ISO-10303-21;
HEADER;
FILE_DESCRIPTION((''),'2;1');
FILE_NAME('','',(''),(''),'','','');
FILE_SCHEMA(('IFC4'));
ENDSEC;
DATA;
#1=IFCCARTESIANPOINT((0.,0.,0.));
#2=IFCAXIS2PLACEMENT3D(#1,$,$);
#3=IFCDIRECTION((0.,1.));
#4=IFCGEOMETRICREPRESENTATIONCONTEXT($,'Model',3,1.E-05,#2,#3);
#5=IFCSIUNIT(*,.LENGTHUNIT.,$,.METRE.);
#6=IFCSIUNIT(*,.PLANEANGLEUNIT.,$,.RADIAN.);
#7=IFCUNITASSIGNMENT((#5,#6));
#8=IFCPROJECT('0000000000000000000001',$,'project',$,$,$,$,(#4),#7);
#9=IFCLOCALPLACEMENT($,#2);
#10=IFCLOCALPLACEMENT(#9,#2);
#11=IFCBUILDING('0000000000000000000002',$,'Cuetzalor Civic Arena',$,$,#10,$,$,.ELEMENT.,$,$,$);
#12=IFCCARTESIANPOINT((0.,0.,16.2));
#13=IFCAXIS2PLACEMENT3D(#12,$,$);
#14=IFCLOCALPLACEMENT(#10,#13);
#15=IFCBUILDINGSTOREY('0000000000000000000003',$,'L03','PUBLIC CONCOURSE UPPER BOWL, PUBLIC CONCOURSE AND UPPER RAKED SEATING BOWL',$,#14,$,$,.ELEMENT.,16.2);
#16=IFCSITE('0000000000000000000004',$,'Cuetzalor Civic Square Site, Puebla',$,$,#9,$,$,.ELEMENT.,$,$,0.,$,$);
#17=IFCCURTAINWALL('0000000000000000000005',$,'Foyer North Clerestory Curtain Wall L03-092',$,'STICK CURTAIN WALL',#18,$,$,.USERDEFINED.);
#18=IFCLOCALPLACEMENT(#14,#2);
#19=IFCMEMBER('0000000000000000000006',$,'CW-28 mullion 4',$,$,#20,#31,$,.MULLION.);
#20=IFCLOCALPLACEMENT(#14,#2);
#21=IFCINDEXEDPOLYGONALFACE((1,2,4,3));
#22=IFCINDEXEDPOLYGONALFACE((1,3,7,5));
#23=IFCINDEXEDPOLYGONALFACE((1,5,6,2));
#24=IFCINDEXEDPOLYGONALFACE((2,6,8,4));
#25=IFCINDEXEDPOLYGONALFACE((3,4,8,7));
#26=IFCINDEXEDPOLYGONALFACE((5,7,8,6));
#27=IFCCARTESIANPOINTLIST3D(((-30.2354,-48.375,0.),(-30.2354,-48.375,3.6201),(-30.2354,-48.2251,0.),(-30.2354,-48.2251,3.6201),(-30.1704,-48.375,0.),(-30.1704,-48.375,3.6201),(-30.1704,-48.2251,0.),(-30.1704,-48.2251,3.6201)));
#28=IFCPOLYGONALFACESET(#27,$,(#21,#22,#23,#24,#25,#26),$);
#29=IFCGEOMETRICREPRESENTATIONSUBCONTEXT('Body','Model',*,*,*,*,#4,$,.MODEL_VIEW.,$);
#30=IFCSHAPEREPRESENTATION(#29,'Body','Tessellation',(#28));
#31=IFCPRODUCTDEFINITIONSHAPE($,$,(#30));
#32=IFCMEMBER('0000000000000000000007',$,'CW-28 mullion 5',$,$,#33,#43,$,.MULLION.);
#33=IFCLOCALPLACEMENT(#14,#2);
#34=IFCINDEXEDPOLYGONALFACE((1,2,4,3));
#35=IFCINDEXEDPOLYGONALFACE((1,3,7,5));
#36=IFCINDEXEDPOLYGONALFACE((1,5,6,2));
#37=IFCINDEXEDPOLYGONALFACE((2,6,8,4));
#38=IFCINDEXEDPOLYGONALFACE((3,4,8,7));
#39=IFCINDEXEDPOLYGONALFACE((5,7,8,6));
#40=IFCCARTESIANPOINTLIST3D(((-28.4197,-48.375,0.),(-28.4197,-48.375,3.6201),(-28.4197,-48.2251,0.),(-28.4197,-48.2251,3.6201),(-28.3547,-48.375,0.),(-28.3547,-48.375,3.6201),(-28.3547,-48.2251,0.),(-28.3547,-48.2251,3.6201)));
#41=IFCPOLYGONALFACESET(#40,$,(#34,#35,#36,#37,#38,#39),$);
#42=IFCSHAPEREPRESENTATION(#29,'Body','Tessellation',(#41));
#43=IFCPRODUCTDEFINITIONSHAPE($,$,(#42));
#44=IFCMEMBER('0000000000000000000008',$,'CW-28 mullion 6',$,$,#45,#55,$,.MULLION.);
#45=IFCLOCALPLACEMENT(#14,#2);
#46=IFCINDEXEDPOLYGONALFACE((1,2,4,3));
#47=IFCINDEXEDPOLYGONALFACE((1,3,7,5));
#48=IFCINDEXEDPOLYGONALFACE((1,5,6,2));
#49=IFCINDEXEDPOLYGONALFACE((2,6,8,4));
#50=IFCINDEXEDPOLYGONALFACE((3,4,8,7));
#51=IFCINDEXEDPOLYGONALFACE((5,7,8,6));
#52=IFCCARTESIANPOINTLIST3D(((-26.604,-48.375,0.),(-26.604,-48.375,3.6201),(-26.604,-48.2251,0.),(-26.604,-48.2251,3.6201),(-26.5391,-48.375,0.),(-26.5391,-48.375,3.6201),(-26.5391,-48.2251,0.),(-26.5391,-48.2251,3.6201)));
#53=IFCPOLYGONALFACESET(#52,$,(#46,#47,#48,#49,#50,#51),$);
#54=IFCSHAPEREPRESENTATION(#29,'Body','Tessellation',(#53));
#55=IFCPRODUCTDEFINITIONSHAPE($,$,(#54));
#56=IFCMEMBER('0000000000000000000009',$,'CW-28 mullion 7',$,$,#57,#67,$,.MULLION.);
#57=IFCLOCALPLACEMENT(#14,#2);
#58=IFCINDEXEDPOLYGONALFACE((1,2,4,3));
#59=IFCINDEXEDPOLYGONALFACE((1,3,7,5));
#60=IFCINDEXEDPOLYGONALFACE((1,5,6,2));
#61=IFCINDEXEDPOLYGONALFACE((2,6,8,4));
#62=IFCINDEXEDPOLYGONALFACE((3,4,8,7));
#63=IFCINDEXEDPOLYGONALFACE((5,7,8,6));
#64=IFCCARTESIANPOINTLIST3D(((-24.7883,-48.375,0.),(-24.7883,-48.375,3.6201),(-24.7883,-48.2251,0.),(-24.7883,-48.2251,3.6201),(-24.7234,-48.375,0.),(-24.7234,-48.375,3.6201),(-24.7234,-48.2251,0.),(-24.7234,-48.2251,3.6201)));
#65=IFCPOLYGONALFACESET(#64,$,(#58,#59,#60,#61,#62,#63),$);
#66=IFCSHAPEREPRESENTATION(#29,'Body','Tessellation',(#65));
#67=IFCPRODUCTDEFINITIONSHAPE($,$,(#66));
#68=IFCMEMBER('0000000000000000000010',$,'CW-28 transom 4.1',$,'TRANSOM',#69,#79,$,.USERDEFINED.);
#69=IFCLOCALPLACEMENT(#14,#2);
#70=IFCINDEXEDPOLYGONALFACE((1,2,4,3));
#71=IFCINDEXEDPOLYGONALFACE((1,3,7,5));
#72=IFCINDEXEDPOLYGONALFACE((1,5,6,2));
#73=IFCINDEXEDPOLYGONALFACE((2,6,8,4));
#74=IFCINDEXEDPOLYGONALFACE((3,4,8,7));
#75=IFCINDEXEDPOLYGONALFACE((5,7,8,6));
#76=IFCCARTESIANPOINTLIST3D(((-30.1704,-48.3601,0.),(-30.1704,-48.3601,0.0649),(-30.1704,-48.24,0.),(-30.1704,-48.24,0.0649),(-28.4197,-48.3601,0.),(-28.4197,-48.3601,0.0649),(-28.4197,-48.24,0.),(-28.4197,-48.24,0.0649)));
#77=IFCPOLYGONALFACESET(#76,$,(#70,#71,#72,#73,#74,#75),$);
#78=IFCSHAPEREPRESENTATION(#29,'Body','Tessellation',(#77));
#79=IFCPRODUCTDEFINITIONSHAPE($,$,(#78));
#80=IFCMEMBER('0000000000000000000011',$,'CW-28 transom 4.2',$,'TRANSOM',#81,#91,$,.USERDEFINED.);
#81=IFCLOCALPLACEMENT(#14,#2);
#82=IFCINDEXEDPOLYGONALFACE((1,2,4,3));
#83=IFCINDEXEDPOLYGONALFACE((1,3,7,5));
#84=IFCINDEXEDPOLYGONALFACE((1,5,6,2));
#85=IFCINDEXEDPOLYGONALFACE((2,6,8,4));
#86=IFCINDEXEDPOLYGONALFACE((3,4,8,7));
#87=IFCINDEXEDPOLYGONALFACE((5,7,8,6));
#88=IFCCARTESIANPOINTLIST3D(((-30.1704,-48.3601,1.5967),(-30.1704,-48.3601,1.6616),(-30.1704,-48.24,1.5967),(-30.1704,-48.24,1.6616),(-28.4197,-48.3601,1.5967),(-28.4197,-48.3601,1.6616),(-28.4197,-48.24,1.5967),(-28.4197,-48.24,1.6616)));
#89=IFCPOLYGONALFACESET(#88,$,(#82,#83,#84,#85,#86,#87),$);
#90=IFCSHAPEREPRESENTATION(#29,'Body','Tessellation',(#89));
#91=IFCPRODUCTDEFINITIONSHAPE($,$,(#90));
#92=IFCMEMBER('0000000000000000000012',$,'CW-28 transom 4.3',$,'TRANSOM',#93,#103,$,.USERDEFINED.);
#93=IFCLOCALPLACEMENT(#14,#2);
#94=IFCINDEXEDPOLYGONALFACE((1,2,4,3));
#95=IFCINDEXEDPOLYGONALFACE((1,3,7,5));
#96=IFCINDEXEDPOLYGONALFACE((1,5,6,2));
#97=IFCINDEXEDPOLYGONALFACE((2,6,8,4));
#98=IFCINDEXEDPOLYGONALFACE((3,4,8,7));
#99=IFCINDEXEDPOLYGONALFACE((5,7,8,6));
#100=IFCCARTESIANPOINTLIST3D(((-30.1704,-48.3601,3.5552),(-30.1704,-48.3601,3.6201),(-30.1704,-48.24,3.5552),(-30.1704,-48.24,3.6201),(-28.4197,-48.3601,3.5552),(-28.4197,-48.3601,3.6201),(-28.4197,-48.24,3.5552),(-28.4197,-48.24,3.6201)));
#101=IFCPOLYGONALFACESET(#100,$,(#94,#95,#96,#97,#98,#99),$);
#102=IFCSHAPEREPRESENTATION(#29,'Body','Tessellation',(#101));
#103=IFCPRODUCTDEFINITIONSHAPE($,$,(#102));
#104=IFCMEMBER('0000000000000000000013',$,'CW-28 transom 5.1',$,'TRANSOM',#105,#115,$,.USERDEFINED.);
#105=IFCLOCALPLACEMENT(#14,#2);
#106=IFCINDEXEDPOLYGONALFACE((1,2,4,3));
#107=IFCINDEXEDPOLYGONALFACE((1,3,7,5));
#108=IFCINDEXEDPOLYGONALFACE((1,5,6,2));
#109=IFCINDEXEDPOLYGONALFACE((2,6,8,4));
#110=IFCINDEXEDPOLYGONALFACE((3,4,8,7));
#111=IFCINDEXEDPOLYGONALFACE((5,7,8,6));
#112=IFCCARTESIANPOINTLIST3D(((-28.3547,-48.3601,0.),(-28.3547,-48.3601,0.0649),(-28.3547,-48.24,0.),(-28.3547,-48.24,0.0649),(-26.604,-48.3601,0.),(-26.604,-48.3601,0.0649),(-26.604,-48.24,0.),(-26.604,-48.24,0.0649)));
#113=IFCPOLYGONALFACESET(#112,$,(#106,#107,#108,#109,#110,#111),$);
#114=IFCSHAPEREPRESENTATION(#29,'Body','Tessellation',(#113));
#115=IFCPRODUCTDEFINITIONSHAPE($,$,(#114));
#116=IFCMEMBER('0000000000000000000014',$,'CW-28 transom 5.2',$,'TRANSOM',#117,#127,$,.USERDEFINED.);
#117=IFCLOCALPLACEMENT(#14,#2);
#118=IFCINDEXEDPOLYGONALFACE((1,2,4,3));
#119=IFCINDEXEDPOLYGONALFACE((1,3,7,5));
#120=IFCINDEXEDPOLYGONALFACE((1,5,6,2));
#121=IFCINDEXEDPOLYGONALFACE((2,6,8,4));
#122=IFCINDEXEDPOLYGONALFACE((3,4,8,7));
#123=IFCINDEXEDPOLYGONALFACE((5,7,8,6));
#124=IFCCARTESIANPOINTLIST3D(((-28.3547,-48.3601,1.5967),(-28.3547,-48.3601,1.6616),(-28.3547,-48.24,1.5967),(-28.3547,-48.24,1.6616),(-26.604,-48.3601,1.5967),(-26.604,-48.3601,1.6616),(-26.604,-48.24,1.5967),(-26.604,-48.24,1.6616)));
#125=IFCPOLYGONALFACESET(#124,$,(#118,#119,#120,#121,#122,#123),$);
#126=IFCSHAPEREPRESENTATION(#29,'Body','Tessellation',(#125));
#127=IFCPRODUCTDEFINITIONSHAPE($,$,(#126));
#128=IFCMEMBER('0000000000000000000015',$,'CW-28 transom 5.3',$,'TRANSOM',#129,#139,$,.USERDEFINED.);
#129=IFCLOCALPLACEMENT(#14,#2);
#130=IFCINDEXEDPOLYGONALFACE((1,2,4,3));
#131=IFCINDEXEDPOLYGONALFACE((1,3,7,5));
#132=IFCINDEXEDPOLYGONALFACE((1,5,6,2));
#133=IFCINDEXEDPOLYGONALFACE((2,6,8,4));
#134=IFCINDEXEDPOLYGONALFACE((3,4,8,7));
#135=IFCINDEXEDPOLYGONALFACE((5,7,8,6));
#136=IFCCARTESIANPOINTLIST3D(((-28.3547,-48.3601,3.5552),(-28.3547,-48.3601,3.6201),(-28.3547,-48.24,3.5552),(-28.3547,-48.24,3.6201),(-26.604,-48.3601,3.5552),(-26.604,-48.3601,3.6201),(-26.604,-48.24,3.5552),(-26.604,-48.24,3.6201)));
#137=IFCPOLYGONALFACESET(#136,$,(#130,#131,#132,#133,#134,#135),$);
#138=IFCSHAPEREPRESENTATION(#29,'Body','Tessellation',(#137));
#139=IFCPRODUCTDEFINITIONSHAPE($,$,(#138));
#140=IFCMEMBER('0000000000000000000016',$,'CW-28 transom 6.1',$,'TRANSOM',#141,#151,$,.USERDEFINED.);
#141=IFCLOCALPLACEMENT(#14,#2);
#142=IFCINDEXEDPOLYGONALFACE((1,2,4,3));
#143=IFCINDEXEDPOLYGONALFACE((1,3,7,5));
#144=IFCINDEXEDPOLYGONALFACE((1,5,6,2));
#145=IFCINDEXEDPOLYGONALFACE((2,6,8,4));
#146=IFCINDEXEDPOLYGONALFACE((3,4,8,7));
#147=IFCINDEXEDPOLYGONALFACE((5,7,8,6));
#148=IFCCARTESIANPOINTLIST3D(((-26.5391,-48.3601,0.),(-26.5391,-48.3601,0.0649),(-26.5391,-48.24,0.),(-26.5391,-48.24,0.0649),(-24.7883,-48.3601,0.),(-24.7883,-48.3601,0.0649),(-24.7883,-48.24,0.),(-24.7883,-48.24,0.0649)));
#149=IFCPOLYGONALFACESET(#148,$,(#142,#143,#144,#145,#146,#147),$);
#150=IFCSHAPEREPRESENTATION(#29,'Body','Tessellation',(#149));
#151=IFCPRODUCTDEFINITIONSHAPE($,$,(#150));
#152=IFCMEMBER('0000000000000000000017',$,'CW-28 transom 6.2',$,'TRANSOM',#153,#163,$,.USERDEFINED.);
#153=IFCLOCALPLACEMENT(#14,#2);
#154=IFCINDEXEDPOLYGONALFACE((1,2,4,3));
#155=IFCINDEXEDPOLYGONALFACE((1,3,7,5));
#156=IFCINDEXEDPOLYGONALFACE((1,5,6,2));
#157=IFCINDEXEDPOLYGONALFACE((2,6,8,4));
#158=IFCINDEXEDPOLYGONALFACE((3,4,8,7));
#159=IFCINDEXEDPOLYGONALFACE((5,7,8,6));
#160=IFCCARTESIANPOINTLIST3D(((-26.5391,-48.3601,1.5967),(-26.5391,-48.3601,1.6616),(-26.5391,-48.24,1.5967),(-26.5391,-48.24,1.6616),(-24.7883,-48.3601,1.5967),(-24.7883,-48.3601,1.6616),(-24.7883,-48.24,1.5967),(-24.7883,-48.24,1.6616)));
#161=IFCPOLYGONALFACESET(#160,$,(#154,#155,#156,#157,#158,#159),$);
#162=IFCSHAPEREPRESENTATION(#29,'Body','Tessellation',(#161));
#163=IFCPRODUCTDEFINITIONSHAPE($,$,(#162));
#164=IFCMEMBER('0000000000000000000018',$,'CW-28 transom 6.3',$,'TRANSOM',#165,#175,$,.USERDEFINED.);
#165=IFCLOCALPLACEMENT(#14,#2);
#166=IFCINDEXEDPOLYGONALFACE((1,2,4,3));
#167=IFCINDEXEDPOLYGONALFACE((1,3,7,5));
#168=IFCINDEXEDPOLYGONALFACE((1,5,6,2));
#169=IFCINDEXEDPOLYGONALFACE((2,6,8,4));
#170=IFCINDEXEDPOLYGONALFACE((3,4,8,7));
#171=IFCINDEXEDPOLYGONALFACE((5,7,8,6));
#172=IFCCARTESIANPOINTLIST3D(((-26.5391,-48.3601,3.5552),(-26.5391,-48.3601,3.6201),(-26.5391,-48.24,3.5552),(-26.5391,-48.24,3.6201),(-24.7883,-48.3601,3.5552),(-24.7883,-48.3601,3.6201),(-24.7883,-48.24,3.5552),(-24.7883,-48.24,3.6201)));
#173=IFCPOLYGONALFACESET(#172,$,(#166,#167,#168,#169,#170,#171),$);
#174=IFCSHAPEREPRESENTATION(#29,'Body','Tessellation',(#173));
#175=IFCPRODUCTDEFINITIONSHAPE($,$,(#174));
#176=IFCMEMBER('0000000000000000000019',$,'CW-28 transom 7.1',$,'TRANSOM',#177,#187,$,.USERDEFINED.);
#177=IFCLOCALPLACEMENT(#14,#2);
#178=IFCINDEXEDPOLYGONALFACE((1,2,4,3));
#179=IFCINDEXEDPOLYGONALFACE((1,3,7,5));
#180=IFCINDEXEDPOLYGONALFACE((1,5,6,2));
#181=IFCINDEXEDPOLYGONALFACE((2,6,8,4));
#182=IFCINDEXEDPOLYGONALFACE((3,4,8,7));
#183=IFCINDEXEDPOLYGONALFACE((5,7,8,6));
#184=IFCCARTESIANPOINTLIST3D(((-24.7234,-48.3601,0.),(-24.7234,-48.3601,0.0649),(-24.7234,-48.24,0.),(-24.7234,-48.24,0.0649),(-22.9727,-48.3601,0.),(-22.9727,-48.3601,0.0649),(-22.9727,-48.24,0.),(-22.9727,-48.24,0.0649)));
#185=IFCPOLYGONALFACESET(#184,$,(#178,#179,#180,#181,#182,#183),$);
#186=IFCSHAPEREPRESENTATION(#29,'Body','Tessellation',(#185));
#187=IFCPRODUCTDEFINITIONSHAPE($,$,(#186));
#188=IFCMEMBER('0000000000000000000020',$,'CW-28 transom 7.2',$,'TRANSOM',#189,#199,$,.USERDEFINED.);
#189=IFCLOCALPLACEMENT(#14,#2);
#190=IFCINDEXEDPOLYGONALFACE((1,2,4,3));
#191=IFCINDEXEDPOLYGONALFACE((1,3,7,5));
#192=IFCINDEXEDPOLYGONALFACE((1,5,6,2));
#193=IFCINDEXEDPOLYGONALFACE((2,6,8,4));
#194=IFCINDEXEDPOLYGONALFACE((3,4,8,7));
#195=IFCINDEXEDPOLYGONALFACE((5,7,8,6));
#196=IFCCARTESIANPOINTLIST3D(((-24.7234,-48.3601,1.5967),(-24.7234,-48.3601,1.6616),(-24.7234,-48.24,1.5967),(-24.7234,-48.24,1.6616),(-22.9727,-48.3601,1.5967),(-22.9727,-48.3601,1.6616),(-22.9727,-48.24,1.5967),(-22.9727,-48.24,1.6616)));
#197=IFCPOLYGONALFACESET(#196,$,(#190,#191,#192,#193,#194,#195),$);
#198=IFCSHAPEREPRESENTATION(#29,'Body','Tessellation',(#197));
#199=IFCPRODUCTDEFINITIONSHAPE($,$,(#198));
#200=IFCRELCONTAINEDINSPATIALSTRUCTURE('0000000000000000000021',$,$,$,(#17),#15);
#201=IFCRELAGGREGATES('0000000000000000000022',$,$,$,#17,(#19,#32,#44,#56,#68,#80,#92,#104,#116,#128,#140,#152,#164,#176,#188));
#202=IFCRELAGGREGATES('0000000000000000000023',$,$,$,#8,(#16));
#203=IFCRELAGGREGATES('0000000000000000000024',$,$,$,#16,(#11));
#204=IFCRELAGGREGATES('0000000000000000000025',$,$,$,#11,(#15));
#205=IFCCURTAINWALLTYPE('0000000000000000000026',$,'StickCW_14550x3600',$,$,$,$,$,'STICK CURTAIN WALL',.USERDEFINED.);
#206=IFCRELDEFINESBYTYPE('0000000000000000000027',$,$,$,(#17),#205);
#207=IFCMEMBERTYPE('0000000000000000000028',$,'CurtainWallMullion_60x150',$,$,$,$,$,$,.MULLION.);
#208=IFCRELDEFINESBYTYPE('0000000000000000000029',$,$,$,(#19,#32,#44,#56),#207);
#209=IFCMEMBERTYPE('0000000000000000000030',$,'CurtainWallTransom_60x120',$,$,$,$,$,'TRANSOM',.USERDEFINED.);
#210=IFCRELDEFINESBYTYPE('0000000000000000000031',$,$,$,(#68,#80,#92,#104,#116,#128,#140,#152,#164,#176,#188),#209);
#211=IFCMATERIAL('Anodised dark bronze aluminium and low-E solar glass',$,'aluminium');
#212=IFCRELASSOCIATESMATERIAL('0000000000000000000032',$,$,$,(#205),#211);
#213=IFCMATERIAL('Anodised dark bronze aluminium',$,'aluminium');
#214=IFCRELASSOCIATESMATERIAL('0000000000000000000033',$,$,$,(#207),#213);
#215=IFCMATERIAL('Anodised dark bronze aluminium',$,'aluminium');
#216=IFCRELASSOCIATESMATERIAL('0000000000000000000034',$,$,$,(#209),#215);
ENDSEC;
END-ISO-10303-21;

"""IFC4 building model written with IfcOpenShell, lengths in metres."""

from ifc_helpers import new_model, si_unit, direction, frame, origin, origin_2d, place, context, subcontext, project, spatial, rectangle, extrude, material, material_profile, profile_set, type_object, element, aggregate, save


model = new_model("IFC4")

# Units and contexts
model_context = context("Model", 3, precision=1e-05, world=origin(), true_north=direction((0.0, 1.0)))
body_context = subcontext(model_context, "Body", "Model", "MODEL_VIEW")
ifc_project = project(units=[si_unit("LENGTHUNIT", "METRE"), si_unit("PLANEANGLEUNIT", "RADIAN")], contexts=[model_context])

# Site, building, storey
site_placement = place(None, origin())
site = spatial("IfcSite", under=ifc_project, at=site_placement, Name="Cuetzalor Civic Square Site, Puebla", CompositionType="ELEMENT", RefElevation=0.0)
building_placement = place(site_placement, origin())
building = spatial("IfcBuilding", under=site, at=building_placement, Name="Cuetzalor Civic Arena", CompositionType="ELEMENT")
storey_placement = place(building_placement, frame((0.0, 0.0, 16.2)))
storey = spatial("IfcBuildingStorey", under=building, at=storey_placement, Name="L03", Description="PUBLIC CONCOURSE UPPER BOWL, PUBLIC CONCOURSE AND UPPER RAKED SEATING BOWL", CompositionType="ELEMENT", Elevation=16.2)

# Curtain wall, members
ifc_material_1 = material(Name="Anodised dark bronze aluminium and low-E solar glass", Category="aluminium")
curtain_wall_type = type_object("IfcCurtainWallType", Name="StickCW_14550x3600", ElementType="STICK CURTAIN WALL", PredefinedType="USERDEFINED", material=ifc_material_1)
curtain_wall_placement = place(storey_placement, origin())
curtain_wall = element("IfcCurtainWall", 1, at=curtain_wall_placement, inside=storey, type_object=curtain_wall_type, Name="Foyer North Clerestory Curtain Wall L03-092", ObjectType="STICK CURTAIN WALL", PredefinedType="USERDEFINED")
ifc_material_2 = material(Name="Anodised dark bronze aluminium", Category="aluminium")
ifc_material_profile_1 = material_profile(ifc_material_2, rectangle(XDim=0.0649, YDim=0.1499, at=origin_2d()), Name="ALU MULLION 65x150")
ifc_profile_set_1 = profile_set([ifc_material_profile_1], Name="Anodised dark bronze aluminium")
member_type_1 = type_object("IfcMemberType", Name="CurtainWallMullion_60x150", PredefinedType="MULLION", material=ifc_profile_set_1)
member_1_placement = place(storey_placement, frame((-30.2029, -48.3, 0.0), z_axis=(0.0, 0.0, 1.0), x_axis=(1.0, 0.0, 0.0)))
member_1 = element("IfcMember", 2, at=member_1_placement, type_object=member_type_1, Name="CW-28 mullion 4", PredefinedType="MULLION", context=body_context, shape_type="SweptSolid", body=[
    extrude(rectangle(XDim=0.0649, YDim=0.1499, at=origin_2d()), origin(), (0.0, 0.0, 1.0), 3.6201),
])
member_2_placement = place(storey_placement, frame((-28.3872, -48.3, 0.0), z_axis=(0.0, 0.0, 1.0), x_axis=(1.0, 0.0, 0.0)))
member_2 = element("IfcMember", 3, at=member_2_placement, type_object=member_type_1, Name="CW-28 mullion 5", PredefinedType="MULLION", context=body_context, shape_type="SweptSolid", body=[
    extrude(rectangle(XDim=0.0649, YDim=0.1499, at=origin_2d()), origin(), (0.0, 0.0, 1.0), 3.6201),
])
member_3_placement = place(storey_placement, frame((-26.5715, -48.3, 0.0), z_axis=(0.0, 0.0, 1.0), x_axis=(1.0, 0.0, 0.0)))
member_3 = element("IfcMember", 4, at=member_3_placement, type_object=member_type_1, Name="CW-28 mullion 6", PredefinedType="MULLION", context=body_context, shape_type="SweptSolid", body=[
    extrude(rectangle(XDim=0.0649, YDim=0.1499, at=origin_2d()), origin(), (0.0, 0.0, 1.0), 3.6201),
])
member_4_placement = place(storey_placement, frame((-24.7559, -48.3, 0.0), z_axis=(0.0, 0.0, 1.0), x_axis=(1.0, 0.0, 0.0)))
member_4 = element("IfcMember", 5, at=member_4_placement, type_object=member_type_1, Name="CW-28 mullion 7", PredefinedType="MULLION", context=body_context, shape_type="SweptSolid", body=[
    extrude(rectangle(XDim=0.0649, YDim=0.1499, at=origin_2d()), origin(), (0.0, 0.0, 1.0), 3.6201),
])
ifc_material_3 = material(Name="Anodised dark bronze aluminium", Category="aluminium")
ifc_material_profile_2 = material_profile(ifc_material_3, rectangle(XDim=0.1201, YDim=0.0649, at=origin_2d()), Name="ALU TRANSOM 65x120")
ifc_profile_set_2 = profile_set([ifc_material_profile_2], Name="Anodised dark bronze aluminium")
member_type_2 = type_object("IfcMemberType", Name="CurtainWallTransom_60x120", ElementType="TRANSOM", PredefinedType="USERDEFINED", material=ifc_profile_set_2)
member_5_placement = place(storey_placement, frame((-30.1704, -48.3, 0.0325), z_axis=(1.0, 0.0, 0.0), x_axis=(0.0, 1.0, 0.0)))
member_5 = element("IfcMember", 6, at=member_5_placement, type_object=member_type_2, Name="CW-28 transom 4.1", ObjectType="TRANSOM", PredefinedType="USERDEFINED", context=body_context, shape_type="SweptSolid", body=[
    extrude(rectangle(XDim=0.1201, YDim=0.0649, at=origin_2d()), origin(), (0.0, 0.0, 1.0), 1.7507),
])
member_6_placement = place(storey_placement, frame((-30.1704, -48.3, 1.6292), z_axis=(1.0, 0.0, 0.0), x_axis=(0.0, 1.0, 0.0)))
member_6 = element("IfcMember", 7, at=member_6_placement, type_object=member_type_2, Name="CW-28 transom 4.2", ObjectType="TRANSOM", PredefinedType="USERDEFINED", context=body_context, shape_type="SweptSolid", body=[
    extrude(rectangle(XDim=0.1201, YDim=0.0649, at=origin_2d()), origin(), (0.0, 0.0, 1.0), 1.7507),
])
member_7_placement = place(storey_placement, frame((-30.1704, -48.3, 3.5876), z_axis=(1.0, 0.0, 0.0), x_axis=(0.0, 1.0, 0.0)))
member_7 = element("IfcMember", 8, at=member_7_placement, type_object=member_type_2, Name="CW-28 transom 4.3", ObjectType="TRANSOM", PredefinedType="USERDEFINED", context=body_context, shape_type="SweptSolid", body=[
    extrude(rectangle(XDim=0.1201, YDim=0.0649, at=origin_2d()), origin(), (0.0, 0.0, 1.0), 1.7507),
])
member_8_placement = place(storey_placement, frame((-28.3547, -48.3, 0.0325), z_axis=(1.0, 0.0, 0.0), x_axis=(0.0, 1.0, 0.0)))
member_8 = element("IfcMember", 9, at=member_8_placement, type_object=member_type_2, Name="CW-28 transom 5.1", ObjectType="TRANSOM", PredefinedType="USERDEFINED", context=body_context, shape_type="SweptSolid", body=[
    extrude(rectangle(XDim=0.1201, YDim=0.0649, at=origin_2d()), origin(), (0.0, 0.0, 1.0), 1.7507),
])
member_9_placement = place(storey_placement, frame((-28.3547, -48.3, 1.6292), z_axis=(1.0, 0.0, 0.0), x_axis=(0.0, 1.0, 0.0)))
member_9 = element("IfcMember", 10, at=member_9_placement, type_object=member_type_2, Name="CW-28 transom 5.2", ObjectType="TRANSOM", PredefinedType="USERDEFINED", context=body_context, shape_type="SweptSolid", body=[
    extrude(rectangle(XDim=0.1201, YDim=0.0649, at=origin_2d()), origin(), (0.0, 0.0, 1.0), 1.7507),
])
member_10_placement = place(storey_placement, frame((-28.3547, -48.3, 3.5876), z_axis=(1.0, 0.0, 0.0), x_axis=(0.0, 1.0, 0.0)))
member_10 = element("IfcMember", 11, at=member_10_placement, type_object=member_type_2, Name="CW-28 transom 5.3", ObjectType="TRANSOM", PredefinedType="USERDEFINED", context=body_context, shape_type="SweptSolid", body=[
    extrude(rectangle(XDim=0.1201, YDim=0.0649, at=origin_2d()), origin(), (0.0, 0.0, 1.0), 1.7507),
])
member_11_placement = place(storey_placement, frame((-26.5391, -48.3, 0.0325), z_axis=(1.0, 0.0, 0.0), x_axis=(0.0, 1.0, 0.0)))
member_11 = element("IfcMember", 12, at=member_11_placement, type_object=member_type_2, Name="CW-28 transom 6.1", ObjectType="TRANSOM", PredefinedType="USERDEFINED", context=body_context, shape_type="SweptSolid", body=[
    extrude(rectangle(XDim=0.1201, YDim=0.0649, at=origin_2d()), origin(), (0.0, 0.0, 1.0), 1.7507),
])
member_12_placement = place(storey_placement, frame((-26.5391, -48.3, 1.6292), z_axis=(1.0, 0.0, 0.0), x_axis=(0.0, 1.0, 0.0)))
member_12 = element("IfcMember", 13, at=member_12_placement, type_object=member_type_2, Name="CW-28 transom 6.2", ObjectType="TRANSOM", PredefinedType="USERDEFINED", context=body_context, shape_type="SweptSolid", body=[
    extrude(rectangle(XDim=0.1201, YDim=0.0649, at=origin_2d()), origin(), (0.0, 0.0, 1.0), 1.7507),
])
member_13_placement = place(storey_placement, frame((-26.5391, -48.3, 3.5876), z_axis=(1.0, 0.0, 0.0), x_axis=(0.0, 1.0, 0.0)))
member_13 = element("IfcMember", 14, at=member_13_placement, type_object=member_type_2, Name="CW-28 transom 6.3", ObjectType="TRANSOM", PredefinedType="USERDEFINED", context=body_context, shape_type="SweptSolid", body=[
    extrude(rectangle(XDim=0.1201, YDim=0.0649, at=origin_2d()), origin(), (0.0, 0.0, 1.0), 1.7507),
])
member_14_placement = place(storey_placement, frame((-24.7234, -48.3, 0.0325), z_axis=(1.0, 0.0, 0.0), x_axis=(0.0, 1.0, 0.0)))
member_14 = element("IfcMember", 15, at=member_14_placement, type_object=member_type_2, Name="CW-28 transom 7.1", ObjectType="TRANSOM", PredefinedType="USERDEFINED", context=body_context, shape_type="SweptSolid", body=[
    extrude(rectangle(XDim=0.1201, YDim=0.0649, at=origin_2d()), origin(), (0.0, 0.0, 1.0), 1.7507),
])
member_15_placement = place(storey_placement, frame((-24.7234, -48.3, 1.6292), z_axis=(1.0, 0.0, 0.0), x_axis=(0.0, 1.0, 0.0)))
member_15 = element("IfcMember", 16, at=member_15_placement, type_object=member_type_2, Name="CW-28 transom 7.2", ObjectType="TRANSOM", PredefinedType="USERDEFINED", context=body_context, shape_type="SweptSolid", body=[
    extrude(rectangle(XDim=0.1201, YDim=0.0649, at=origin_2d()), origin(), (0.0, 0.0, 1.0), 1.7507),
])
aggregate(curtain_wall, [member_1, member_2, member_3, member_4, member_5, member_6, member_7, member_8, member_9, member_10, member_11, member_12, member_13, member_14, member_15])

save(model, "model.ifc")
